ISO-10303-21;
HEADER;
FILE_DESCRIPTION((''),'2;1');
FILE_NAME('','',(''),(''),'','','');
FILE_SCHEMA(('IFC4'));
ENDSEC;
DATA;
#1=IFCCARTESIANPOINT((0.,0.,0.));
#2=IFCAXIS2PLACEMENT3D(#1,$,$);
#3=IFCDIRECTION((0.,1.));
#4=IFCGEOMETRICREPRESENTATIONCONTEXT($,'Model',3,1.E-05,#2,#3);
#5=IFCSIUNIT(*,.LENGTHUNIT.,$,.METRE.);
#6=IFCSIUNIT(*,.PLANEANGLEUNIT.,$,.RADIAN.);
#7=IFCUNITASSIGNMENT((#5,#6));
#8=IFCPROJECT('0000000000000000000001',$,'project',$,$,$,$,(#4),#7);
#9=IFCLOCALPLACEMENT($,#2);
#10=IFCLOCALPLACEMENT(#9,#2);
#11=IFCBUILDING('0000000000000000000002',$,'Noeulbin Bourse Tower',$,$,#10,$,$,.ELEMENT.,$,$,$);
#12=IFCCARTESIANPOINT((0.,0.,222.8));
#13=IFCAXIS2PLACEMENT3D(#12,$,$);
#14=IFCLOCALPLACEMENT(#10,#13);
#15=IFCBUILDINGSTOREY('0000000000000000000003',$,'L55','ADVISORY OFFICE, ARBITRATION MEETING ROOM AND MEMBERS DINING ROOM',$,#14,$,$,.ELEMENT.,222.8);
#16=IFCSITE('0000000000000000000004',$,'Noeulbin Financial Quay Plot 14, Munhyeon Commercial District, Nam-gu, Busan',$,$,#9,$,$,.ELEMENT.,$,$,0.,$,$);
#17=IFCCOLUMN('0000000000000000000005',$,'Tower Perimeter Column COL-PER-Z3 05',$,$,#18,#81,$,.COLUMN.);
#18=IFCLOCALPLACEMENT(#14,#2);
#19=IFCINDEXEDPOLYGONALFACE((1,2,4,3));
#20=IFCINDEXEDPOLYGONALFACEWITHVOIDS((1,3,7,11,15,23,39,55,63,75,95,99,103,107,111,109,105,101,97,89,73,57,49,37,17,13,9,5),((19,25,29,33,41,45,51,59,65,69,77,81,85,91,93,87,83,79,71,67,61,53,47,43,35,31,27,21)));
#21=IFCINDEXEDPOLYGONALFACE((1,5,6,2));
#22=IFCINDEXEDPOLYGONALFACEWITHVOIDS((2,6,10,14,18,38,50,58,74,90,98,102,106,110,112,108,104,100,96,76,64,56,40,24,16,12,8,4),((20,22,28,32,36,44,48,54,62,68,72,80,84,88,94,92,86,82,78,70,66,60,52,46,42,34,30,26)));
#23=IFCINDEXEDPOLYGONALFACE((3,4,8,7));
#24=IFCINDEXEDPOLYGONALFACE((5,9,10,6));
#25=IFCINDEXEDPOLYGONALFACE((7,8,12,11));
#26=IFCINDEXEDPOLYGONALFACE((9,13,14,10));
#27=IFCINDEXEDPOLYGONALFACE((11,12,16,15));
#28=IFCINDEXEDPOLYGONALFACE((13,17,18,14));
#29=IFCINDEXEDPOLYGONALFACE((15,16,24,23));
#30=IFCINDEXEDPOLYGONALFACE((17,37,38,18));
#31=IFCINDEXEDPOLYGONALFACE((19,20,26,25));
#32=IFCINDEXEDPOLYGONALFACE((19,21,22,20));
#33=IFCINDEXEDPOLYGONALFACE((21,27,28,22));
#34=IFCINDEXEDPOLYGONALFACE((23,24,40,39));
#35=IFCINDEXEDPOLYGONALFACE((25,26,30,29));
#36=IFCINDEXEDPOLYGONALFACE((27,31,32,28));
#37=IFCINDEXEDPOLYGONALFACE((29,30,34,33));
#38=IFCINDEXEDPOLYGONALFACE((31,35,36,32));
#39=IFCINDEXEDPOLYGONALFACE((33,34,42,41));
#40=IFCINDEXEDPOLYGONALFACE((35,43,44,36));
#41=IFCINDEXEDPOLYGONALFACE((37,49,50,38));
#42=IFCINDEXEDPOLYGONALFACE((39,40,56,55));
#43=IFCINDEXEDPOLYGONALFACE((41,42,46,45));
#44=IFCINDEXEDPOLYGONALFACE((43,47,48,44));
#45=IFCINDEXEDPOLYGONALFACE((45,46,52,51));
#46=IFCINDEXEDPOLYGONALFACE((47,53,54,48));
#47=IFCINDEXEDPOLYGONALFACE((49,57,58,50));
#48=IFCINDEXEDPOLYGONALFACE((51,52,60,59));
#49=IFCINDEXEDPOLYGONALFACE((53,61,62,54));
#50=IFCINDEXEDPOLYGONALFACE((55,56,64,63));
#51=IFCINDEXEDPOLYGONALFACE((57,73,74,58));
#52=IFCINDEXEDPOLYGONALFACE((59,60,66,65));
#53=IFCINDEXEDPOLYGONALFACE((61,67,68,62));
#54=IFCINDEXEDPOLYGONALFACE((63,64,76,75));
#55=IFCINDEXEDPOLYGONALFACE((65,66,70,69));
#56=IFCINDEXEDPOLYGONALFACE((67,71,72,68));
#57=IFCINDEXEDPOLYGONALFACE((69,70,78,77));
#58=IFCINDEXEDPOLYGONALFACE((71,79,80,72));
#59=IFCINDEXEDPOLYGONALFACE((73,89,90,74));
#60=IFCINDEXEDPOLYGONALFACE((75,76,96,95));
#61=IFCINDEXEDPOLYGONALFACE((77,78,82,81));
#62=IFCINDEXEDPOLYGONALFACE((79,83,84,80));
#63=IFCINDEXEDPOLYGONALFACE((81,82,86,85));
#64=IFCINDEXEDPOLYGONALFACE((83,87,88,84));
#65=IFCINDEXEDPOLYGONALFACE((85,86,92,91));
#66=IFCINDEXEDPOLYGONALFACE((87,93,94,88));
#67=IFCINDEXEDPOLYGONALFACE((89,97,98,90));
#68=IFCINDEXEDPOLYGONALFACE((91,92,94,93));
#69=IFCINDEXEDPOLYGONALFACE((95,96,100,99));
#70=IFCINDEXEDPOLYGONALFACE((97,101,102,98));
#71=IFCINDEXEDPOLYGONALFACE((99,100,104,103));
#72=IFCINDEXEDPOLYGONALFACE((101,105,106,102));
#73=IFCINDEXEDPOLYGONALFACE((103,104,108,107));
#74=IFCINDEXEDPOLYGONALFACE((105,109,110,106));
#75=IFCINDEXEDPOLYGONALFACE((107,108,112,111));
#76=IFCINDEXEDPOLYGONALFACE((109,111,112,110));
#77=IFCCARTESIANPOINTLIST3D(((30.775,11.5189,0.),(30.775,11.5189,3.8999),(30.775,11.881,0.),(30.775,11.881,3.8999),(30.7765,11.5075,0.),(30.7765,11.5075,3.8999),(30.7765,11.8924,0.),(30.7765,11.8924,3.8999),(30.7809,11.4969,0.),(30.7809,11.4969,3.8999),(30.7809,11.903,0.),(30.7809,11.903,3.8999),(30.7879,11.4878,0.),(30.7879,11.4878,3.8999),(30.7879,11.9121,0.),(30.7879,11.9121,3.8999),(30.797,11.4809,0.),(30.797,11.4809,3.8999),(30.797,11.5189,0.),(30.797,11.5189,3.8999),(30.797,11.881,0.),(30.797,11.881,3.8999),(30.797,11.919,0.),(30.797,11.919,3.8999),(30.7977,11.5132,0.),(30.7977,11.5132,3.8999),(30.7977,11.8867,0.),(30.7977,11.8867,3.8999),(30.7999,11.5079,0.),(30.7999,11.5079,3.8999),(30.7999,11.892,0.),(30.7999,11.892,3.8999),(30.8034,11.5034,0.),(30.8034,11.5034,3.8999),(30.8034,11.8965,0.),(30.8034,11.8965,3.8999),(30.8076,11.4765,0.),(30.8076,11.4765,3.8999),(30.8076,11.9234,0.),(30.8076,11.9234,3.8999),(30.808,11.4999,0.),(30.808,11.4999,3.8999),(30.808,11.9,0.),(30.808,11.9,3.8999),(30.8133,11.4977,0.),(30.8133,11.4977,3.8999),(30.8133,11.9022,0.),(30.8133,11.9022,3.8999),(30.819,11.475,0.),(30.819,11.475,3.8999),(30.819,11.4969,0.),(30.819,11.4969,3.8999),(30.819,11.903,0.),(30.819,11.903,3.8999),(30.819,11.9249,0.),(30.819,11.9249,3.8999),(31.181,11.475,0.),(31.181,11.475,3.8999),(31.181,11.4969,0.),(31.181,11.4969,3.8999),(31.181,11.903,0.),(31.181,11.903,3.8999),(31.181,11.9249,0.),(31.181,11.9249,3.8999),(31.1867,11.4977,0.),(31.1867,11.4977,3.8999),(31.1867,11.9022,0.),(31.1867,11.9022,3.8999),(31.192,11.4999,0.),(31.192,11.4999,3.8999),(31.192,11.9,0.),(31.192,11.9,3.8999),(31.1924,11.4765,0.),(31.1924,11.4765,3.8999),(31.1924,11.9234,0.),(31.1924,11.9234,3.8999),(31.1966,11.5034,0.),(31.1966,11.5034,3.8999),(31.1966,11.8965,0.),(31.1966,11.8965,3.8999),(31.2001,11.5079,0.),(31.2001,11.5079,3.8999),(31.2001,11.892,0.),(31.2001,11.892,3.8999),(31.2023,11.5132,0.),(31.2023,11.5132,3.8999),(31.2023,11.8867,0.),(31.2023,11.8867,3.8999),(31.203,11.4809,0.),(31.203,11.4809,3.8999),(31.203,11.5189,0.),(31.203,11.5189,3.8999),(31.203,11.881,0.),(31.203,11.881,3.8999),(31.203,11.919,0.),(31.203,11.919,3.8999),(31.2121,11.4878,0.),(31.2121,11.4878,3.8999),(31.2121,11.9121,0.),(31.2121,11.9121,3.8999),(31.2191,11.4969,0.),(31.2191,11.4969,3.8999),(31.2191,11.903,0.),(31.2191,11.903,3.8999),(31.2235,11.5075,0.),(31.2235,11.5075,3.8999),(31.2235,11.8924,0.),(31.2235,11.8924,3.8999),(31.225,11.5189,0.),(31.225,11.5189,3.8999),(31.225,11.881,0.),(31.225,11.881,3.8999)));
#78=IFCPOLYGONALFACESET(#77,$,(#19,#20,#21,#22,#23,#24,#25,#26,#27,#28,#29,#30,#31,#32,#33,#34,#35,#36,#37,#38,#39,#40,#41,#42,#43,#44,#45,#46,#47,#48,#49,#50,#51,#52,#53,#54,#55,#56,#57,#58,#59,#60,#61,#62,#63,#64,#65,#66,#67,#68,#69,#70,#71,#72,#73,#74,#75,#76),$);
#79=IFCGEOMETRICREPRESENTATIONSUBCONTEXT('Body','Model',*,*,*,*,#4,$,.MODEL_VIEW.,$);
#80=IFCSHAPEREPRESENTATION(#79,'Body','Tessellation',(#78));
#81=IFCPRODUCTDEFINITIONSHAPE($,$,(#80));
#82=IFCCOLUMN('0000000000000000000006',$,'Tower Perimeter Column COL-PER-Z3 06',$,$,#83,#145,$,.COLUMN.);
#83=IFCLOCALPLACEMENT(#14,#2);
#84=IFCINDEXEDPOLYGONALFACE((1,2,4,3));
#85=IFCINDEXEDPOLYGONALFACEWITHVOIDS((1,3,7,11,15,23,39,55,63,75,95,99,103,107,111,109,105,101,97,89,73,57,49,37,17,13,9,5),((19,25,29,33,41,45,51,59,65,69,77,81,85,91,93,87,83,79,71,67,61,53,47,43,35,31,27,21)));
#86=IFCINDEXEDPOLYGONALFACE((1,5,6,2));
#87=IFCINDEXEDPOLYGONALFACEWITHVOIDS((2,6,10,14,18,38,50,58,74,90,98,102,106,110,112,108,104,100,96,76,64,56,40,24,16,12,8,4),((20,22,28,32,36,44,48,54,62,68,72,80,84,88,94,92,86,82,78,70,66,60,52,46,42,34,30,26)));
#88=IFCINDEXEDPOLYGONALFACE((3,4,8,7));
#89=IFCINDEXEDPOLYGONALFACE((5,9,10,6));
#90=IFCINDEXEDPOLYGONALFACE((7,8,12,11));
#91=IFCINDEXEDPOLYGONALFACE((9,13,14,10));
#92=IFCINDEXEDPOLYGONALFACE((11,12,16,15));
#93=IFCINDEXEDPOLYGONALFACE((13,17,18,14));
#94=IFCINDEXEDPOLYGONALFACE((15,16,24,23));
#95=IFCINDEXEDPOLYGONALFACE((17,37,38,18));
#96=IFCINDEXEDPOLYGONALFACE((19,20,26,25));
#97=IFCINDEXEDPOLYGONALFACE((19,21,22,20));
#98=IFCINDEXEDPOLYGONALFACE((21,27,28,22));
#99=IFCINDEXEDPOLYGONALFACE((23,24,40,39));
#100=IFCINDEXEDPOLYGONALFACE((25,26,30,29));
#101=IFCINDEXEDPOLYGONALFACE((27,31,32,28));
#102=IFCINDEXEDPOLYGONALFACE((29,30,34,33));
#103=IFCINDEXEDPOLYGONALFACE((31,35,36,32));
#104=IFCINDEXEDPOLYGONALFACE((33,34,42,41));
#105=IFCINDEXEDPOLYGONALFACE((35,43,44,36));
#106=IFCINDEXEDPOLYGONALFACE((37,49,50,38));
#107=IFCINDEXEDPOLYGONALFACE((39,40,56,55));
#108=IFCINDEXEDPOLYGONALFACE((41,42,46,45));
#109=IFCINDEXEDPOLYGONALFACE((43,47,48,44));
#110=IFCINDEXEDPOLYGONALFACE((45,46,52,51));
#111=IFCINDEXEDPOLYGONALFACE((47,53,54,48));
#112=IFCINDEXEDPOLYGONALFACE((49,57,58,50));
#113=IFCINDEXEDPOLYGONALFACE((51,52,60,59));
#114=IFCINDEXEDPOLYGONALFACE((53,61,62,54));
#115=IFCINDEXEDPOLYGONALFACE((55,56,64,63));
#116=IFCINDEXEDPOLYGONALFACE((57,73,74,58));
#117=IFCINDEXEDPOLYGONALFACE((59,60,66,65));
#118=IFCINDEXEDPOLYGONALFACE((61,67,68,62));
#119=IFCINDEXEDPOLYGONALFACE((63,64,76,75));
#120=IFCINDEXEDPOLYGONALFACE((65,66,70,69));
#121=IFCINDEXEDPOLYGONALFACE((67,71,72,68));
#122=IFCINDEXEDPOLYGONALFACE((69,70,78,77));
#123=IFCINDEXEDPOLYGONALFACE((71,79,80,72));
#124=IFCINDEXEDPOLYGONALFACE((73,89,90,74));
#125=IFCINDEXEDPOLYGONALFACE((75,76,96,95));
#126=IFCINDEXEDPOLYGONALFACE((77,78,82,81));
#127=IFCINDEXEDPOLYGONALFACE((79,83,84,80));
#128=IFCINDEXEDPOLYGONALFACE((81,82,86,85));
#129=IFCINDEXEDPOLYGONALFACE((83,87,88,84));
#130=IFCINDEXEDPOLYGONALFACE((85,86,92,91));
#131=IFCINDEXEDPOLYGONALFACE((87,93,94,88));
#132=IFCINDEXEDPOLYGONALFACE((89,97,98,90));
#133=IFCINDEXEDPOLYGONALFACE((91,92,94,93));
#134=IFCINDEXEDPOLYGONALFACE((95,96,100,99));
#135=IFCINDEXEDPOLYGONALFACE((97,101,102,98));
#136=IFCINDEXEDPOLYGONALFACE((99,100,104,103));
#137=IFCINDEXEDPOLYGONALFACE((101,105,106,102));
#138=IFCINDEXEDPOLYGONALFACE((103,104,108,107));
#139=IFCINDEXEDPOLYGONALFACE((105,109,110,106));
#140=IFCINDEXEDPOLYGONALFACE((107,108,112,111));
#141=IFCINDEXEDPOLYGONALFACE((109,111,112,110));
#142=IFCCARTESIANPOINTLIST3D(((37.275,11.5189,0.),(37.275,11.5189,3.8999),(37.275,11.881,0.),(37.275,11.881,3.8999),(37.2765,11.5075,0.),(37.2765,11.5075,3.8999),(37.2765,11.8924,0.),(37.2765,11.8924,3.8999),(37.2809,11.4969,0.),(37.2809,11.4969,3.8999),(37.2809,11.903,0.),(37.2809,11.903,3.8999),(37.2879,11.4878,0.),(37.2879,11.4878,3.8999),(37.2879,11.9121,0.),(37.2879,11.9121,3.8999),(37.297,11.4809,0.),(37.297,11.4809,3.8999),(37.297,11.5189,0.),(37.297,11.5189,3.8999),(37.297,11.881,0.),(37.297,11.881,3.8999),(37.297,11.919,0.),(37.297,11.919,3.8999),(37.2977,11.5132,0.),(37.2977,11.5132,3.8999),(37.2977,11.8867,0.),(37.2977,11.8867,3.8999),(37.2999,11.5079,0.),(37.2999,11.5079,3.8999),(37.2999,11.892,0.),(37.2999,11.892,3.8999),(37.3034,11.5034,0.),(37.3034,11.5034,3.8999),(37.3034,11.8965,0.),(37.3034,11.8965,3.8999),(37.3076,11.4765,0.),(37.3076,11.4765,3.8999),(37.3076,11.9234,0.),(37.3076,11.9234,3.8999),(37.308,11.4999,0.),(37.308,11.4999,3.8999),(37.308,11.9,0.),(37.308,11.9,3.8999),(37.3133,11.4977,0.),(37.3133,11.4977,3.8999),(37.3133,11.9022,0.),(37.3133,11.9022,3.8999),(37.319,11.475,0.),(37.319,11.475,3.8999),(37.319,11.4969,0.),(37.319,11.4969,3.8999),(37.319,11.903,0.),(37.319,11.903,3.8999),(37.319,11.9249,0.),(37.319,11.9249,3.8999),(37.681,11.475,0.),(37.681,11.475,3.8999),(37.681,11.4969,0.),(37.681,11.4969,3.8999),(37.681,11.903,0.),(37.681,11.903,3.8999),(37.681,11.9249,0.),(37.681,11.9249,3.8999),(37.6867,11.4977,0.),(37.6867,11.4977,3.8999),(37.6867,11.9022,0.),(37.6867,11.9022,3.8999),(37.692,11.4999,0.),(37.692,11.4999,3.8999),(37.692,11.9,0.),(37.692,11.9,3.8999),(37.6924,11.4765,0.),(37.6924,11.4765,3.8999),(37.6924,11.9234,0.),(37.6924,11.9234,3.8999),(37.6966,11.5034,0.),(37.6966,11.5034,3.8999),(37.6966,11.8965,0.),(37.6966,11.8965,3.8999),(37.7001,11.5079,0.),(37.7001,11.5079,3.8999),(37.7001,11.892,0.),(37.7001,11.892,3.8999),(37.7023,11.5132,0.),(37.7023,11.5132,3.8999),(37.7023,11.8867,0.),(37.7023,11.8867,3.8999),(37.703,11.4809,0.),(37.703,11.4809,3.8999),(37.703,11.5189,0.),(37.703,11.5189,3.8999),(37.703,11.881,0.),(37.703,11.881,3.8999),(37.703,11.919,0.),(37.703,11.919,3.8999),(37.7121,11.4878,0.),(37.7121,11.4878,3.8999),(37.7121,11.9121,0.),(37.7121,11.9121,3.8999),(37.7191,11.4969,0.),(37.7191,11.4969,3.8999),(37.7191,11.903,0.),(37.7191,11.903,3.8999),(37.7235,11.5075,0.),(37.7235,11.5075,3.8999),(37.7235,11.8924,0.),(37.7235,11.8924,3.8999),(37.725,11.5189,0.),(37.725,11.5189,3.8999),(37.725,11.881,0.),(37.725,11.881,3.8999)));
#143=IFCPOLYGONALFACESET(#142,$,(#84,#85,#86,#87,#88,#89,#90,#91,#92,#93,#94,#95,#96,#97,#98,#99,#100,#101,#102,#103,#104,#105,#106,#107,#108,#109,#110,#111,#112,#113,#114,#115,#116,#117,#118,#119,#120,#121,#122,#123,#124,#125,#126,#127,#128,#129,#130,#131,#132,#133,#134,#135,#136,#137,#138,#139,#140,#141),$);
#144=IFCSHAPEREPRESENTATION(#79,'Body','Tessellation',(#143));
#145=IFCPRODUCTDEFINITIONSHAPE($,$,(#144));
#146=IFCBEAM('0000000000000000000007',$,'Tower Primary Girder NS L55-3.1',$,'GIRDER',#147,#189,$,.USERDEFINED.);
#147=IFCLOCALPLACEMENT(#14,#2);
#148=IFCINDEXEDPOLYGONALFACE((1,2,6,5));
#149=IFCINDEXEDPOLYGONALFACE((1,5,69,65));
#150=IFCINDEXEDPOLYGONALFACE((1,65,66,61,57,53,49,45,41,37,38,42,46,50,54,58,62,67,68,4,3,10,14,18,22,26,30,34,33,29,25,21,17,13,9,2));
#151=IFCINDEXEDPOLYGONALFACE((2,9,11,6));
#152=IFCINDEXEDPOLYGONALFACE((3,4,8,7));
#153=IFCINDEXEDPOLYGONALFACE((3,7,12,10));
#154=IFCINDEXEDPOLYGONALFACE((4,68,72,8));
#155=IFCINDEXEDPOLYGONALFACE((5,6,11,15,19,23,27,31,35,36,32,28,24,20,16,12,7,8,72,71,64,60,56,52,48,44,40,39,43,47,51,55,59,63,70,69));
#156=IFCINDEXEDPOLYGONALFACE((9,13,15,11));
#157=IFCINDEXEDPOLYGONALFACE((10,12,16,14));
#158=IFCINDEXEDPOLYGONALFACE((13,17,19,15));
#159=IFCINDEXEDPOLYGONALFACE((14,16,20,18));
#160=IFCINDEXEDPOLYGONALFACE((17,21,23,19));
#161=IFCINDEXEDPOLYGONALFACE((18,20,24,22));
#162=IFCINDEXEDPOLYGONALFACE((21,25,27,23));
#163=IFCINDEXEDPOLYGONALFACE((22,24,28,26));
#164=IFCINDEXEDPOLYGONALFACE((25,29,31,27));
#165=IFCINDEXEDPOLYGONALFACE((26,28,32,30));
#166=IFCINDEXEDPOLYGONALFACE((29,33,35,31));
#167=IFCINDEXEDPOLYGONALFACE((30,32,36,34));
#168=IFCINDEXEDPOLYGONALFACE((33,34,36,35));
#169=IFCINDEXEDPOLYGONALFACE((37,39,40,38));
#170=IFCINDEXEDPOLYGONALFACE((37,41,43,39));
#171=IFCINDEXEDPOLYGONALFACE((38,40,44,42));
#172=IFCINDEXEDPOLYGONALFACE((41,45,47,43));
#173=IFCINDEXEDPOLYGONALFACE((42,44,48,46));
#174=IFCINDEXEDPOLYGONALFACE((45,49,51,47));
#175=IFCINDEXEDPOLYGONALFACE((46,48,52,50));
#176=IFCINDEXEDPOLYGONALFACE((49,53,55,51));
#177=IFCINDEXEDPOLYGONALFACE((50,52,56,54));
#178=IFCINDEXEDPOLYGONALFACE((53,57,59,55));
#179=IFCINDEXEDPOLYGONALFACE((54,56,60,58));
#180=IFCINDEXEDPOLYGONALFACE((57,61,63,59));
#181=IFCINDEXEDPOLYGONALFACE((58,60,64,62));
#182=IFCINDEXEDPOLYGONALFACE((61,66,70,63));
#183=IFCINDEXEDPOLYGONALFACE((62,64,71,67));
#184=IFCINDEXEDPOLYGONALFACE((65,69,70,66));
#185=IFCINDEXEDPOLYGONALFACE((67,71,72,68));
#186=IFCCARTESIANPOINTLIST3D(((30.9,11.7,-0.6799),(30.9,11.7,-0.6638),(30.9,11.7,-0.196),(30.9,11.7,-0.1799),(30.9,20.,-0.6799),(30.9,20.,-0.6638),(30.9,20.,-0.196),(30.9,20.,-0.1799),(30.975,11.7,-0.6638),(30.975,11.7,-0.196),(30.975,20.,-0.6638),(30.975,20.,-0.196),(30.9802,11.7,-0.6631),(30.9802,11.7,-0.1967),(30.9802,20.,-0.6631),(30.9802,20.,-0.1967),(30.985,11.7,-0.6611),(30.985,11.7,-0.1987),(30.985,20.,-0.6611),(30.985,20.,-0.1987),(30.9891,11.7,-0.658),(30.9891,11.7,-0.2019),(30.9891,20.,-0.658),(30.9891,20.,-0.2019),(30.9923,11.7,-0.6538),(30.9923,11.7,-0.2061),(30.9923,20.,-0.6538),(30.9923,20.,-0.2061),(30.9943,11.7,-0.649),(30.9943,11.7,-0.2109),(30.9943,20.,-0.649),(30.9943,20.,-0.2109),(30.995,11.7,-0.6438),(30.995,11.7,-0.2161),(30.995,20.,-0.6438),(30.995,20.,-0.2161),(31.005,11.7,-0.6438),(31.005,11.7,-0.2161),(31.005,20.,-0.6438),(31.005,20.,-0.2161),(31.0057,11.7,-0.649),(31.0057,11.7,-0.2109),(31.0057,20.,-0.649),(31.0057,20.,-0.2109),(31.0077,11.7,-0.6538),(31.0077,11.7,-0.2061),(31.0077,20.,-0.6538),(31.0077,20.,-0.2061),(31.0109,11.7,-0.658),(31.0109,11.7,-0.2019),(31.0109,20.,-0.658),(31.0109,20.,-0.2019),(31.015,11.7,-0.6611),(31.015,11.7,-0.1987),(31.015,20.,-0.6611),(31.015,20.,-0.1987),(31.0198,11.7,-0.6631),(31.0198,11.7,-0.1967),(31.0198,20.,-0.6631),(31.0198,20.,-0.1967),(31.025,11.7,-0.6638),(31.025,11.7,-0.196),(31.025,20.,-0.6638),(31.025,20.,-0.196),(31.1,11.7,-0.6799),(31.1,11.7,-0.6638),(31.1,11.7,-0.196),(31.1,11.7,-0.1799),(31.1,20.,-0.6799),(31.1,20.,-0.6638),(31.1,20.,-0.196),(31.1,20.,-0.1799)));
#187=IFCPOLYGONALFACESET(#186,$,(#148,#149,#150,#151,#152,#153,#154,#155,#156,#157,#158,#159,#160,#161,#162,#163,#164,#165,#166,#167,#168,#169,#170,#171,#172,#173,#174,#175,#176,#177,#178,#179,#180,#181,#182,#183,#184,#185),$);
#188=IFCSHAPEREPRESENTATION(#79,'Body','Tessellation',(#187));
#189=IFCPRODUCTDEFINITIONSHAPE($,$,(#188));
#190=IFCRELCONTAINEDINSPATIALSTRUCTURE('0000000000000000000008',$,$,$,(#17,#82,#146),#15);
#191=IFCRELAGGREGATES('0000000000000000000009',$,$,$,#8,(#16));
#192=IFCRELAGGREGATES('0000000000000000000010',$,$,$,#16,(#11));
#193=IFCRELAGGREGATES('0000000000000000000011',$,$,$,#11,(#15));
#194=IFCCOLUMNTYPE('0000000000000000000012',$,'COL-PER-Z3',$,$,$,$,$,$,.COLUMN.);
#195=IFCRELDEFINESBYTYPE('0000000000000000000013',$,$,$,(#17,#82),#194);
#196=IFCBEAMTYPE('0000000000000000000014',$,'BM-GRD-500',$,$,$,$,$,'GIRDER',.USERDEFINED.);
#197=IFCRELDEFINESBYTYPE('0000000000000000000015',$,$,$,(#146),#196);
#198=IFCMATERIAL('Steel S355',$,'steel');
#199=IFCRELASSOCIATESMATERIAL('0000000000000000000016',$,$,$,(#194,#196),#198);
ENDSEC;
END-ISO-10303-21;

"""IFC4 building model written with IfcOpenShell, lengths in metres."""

from ifc_helpers import new_model, si_unit, direction, frame, origin, origin_2d, place, context, subcontext, project, spatial, hollow_rectangle, i_section, extrude, material, material_profile, profile_set, type_object, element, save


model = new_model("IFC4")

# Units and contexts
model_context = context("Model", 3, precision=1e-05, world=origin(), true_north=direction((0.0, 1.0)))
body_context = subcontext(model_context, "Body", "Model", "MODEL_VIEW")
ifc_project = project(units=[si_unit("LENGTHUNIT", "METRE"), si_unit("PLANEANGLEUNIT", "RADIAN")], contexts=[model_context])

# Site, building, storey
site_placement = place(None, origin())
site = spatial("IfcSite", under=ifc_project, at=site_placement, Name="Noeulbin Financial Quay Plot 14, Munhyeon Commercial District, Nam-gu, Busan", CompositionType="ELEMENT", RefElevation=0.0)
building_placement = place(site_placement, origin())
building = spatial("IfcBuilding", under=site, at=building_placement, Name="Noeulbin Bourse Tower", CompositionType="ELEMENT")
storey_placement = place(building_placement, frame((0.0, 0.0, 222.8)))
storey = spatial("IfcBuildingStorey", under=building, at=storey_placement, Name="L55", Description="ADVISORY OFFICE, ARBITRATION MEETING ROOM AND MEMBERS DINING ROOM", CompositionType="ELEMENT", Elevation=222.8)

# Columns
ifc_material_1 = material(Name="Steel S355", Category="steel")
ifc_material_profile_1 = material_profile(ifc_material_1, hollow_rectangle(XDim=0.45, YDim=0.45, WallThickness=0.022, InnerFilletRadius=0.022, OuterFilletRadius=0.0439, at=origin_2d()), Name="SHS-450x450x22", Category="LoadBearing")
ifc_profile_set_1 = profile_set([ifc_material_profile_1], Name="Steel S355")
column_type = type_object("IfcColumnType", Name="COL-PER-Z3", PredefinedType="COLUMN", material=ifc_profile_set_1)
for number, where, z_axis, x_axis, name in (
    (1, (31.0, 11.7, 0.0), (0.0, 0.0, 1.0), (1.0, 0.0, 0.0), "Tower Perimeter Column COL-PER-Z3 05"),
    (2, (37.5, 11.7, 0.0), (0.0, 0.0, 1.0), (1.0, 0.0, 0.0), "Tower Perimeter Column COL-PER-Z3 06"),
):
    element("IfcColumn", number, at=place(storey_placement, frame(where, z_axis=z_axis, x_axis=x_axis)), inside=storey, type_object=column_type, Name=name, PredefinedType="COLUMN", context=body_context, shape_type="SweptSolid", body=[
        extrude(hollow_rectangle(XDim=0.45, YDim=0.45, WallThickness=0.022, InnerFilletRadius=0.022, OuterFilletRadius=0.0439, at=origin_2d()), origin(), (0.0, 0.0, 1.0), 3.8999),
    ])

# Beam
ifc_material_profile_2 = material_profile(ifc_material_1, i_section(OverallWidth=0.2, OverallDepth=0.5, WebThickness=0.01, FlangeThickness=0.0161, FilletRadius=0.02, at=origin_2d()), Name="H-500x200x10x16", Category="LoadBearing")
ifc_profile_set_2 = profile_set([ifc_material_profile_2], Name="Steel S355")
beam_type_1 = type_object("IfcBeamType", Name="BM-GRD-500", ElementType="GIRDER", PredefinedType="USERDEFINED", material=ifc_profile_set_2)
for number, where, z_axis, x_axis, name in (
    (3, (31.0, 11.7, -0.4299), (0.0, 1.0, 0.0), (-1.0, 0.0, 0.0), "Tower Primary Girder NS L55-3.1"),
):
    element("IfcBeam", number, at=place(storey_placement, frame(where, z_axis=z_axis, x_axis=x_axis)), inside=storey, type_object=beam_type_1, Name=name, ObjectType="GIRDER", PredefinedType="USERDEFINED", context=body_context, shape_type="SweptSolid", body=[
        extrude(i_section(OverallWidth=0.2, OverallDepth=0.5, WebThickness=0.01, FlangeThickness=0.0161, FilletRadius=0.02, at=origin_2d()), origin(), (0.0, 0.0, 1.0), 8.3),
    ])

save(model, "model.ifc")
